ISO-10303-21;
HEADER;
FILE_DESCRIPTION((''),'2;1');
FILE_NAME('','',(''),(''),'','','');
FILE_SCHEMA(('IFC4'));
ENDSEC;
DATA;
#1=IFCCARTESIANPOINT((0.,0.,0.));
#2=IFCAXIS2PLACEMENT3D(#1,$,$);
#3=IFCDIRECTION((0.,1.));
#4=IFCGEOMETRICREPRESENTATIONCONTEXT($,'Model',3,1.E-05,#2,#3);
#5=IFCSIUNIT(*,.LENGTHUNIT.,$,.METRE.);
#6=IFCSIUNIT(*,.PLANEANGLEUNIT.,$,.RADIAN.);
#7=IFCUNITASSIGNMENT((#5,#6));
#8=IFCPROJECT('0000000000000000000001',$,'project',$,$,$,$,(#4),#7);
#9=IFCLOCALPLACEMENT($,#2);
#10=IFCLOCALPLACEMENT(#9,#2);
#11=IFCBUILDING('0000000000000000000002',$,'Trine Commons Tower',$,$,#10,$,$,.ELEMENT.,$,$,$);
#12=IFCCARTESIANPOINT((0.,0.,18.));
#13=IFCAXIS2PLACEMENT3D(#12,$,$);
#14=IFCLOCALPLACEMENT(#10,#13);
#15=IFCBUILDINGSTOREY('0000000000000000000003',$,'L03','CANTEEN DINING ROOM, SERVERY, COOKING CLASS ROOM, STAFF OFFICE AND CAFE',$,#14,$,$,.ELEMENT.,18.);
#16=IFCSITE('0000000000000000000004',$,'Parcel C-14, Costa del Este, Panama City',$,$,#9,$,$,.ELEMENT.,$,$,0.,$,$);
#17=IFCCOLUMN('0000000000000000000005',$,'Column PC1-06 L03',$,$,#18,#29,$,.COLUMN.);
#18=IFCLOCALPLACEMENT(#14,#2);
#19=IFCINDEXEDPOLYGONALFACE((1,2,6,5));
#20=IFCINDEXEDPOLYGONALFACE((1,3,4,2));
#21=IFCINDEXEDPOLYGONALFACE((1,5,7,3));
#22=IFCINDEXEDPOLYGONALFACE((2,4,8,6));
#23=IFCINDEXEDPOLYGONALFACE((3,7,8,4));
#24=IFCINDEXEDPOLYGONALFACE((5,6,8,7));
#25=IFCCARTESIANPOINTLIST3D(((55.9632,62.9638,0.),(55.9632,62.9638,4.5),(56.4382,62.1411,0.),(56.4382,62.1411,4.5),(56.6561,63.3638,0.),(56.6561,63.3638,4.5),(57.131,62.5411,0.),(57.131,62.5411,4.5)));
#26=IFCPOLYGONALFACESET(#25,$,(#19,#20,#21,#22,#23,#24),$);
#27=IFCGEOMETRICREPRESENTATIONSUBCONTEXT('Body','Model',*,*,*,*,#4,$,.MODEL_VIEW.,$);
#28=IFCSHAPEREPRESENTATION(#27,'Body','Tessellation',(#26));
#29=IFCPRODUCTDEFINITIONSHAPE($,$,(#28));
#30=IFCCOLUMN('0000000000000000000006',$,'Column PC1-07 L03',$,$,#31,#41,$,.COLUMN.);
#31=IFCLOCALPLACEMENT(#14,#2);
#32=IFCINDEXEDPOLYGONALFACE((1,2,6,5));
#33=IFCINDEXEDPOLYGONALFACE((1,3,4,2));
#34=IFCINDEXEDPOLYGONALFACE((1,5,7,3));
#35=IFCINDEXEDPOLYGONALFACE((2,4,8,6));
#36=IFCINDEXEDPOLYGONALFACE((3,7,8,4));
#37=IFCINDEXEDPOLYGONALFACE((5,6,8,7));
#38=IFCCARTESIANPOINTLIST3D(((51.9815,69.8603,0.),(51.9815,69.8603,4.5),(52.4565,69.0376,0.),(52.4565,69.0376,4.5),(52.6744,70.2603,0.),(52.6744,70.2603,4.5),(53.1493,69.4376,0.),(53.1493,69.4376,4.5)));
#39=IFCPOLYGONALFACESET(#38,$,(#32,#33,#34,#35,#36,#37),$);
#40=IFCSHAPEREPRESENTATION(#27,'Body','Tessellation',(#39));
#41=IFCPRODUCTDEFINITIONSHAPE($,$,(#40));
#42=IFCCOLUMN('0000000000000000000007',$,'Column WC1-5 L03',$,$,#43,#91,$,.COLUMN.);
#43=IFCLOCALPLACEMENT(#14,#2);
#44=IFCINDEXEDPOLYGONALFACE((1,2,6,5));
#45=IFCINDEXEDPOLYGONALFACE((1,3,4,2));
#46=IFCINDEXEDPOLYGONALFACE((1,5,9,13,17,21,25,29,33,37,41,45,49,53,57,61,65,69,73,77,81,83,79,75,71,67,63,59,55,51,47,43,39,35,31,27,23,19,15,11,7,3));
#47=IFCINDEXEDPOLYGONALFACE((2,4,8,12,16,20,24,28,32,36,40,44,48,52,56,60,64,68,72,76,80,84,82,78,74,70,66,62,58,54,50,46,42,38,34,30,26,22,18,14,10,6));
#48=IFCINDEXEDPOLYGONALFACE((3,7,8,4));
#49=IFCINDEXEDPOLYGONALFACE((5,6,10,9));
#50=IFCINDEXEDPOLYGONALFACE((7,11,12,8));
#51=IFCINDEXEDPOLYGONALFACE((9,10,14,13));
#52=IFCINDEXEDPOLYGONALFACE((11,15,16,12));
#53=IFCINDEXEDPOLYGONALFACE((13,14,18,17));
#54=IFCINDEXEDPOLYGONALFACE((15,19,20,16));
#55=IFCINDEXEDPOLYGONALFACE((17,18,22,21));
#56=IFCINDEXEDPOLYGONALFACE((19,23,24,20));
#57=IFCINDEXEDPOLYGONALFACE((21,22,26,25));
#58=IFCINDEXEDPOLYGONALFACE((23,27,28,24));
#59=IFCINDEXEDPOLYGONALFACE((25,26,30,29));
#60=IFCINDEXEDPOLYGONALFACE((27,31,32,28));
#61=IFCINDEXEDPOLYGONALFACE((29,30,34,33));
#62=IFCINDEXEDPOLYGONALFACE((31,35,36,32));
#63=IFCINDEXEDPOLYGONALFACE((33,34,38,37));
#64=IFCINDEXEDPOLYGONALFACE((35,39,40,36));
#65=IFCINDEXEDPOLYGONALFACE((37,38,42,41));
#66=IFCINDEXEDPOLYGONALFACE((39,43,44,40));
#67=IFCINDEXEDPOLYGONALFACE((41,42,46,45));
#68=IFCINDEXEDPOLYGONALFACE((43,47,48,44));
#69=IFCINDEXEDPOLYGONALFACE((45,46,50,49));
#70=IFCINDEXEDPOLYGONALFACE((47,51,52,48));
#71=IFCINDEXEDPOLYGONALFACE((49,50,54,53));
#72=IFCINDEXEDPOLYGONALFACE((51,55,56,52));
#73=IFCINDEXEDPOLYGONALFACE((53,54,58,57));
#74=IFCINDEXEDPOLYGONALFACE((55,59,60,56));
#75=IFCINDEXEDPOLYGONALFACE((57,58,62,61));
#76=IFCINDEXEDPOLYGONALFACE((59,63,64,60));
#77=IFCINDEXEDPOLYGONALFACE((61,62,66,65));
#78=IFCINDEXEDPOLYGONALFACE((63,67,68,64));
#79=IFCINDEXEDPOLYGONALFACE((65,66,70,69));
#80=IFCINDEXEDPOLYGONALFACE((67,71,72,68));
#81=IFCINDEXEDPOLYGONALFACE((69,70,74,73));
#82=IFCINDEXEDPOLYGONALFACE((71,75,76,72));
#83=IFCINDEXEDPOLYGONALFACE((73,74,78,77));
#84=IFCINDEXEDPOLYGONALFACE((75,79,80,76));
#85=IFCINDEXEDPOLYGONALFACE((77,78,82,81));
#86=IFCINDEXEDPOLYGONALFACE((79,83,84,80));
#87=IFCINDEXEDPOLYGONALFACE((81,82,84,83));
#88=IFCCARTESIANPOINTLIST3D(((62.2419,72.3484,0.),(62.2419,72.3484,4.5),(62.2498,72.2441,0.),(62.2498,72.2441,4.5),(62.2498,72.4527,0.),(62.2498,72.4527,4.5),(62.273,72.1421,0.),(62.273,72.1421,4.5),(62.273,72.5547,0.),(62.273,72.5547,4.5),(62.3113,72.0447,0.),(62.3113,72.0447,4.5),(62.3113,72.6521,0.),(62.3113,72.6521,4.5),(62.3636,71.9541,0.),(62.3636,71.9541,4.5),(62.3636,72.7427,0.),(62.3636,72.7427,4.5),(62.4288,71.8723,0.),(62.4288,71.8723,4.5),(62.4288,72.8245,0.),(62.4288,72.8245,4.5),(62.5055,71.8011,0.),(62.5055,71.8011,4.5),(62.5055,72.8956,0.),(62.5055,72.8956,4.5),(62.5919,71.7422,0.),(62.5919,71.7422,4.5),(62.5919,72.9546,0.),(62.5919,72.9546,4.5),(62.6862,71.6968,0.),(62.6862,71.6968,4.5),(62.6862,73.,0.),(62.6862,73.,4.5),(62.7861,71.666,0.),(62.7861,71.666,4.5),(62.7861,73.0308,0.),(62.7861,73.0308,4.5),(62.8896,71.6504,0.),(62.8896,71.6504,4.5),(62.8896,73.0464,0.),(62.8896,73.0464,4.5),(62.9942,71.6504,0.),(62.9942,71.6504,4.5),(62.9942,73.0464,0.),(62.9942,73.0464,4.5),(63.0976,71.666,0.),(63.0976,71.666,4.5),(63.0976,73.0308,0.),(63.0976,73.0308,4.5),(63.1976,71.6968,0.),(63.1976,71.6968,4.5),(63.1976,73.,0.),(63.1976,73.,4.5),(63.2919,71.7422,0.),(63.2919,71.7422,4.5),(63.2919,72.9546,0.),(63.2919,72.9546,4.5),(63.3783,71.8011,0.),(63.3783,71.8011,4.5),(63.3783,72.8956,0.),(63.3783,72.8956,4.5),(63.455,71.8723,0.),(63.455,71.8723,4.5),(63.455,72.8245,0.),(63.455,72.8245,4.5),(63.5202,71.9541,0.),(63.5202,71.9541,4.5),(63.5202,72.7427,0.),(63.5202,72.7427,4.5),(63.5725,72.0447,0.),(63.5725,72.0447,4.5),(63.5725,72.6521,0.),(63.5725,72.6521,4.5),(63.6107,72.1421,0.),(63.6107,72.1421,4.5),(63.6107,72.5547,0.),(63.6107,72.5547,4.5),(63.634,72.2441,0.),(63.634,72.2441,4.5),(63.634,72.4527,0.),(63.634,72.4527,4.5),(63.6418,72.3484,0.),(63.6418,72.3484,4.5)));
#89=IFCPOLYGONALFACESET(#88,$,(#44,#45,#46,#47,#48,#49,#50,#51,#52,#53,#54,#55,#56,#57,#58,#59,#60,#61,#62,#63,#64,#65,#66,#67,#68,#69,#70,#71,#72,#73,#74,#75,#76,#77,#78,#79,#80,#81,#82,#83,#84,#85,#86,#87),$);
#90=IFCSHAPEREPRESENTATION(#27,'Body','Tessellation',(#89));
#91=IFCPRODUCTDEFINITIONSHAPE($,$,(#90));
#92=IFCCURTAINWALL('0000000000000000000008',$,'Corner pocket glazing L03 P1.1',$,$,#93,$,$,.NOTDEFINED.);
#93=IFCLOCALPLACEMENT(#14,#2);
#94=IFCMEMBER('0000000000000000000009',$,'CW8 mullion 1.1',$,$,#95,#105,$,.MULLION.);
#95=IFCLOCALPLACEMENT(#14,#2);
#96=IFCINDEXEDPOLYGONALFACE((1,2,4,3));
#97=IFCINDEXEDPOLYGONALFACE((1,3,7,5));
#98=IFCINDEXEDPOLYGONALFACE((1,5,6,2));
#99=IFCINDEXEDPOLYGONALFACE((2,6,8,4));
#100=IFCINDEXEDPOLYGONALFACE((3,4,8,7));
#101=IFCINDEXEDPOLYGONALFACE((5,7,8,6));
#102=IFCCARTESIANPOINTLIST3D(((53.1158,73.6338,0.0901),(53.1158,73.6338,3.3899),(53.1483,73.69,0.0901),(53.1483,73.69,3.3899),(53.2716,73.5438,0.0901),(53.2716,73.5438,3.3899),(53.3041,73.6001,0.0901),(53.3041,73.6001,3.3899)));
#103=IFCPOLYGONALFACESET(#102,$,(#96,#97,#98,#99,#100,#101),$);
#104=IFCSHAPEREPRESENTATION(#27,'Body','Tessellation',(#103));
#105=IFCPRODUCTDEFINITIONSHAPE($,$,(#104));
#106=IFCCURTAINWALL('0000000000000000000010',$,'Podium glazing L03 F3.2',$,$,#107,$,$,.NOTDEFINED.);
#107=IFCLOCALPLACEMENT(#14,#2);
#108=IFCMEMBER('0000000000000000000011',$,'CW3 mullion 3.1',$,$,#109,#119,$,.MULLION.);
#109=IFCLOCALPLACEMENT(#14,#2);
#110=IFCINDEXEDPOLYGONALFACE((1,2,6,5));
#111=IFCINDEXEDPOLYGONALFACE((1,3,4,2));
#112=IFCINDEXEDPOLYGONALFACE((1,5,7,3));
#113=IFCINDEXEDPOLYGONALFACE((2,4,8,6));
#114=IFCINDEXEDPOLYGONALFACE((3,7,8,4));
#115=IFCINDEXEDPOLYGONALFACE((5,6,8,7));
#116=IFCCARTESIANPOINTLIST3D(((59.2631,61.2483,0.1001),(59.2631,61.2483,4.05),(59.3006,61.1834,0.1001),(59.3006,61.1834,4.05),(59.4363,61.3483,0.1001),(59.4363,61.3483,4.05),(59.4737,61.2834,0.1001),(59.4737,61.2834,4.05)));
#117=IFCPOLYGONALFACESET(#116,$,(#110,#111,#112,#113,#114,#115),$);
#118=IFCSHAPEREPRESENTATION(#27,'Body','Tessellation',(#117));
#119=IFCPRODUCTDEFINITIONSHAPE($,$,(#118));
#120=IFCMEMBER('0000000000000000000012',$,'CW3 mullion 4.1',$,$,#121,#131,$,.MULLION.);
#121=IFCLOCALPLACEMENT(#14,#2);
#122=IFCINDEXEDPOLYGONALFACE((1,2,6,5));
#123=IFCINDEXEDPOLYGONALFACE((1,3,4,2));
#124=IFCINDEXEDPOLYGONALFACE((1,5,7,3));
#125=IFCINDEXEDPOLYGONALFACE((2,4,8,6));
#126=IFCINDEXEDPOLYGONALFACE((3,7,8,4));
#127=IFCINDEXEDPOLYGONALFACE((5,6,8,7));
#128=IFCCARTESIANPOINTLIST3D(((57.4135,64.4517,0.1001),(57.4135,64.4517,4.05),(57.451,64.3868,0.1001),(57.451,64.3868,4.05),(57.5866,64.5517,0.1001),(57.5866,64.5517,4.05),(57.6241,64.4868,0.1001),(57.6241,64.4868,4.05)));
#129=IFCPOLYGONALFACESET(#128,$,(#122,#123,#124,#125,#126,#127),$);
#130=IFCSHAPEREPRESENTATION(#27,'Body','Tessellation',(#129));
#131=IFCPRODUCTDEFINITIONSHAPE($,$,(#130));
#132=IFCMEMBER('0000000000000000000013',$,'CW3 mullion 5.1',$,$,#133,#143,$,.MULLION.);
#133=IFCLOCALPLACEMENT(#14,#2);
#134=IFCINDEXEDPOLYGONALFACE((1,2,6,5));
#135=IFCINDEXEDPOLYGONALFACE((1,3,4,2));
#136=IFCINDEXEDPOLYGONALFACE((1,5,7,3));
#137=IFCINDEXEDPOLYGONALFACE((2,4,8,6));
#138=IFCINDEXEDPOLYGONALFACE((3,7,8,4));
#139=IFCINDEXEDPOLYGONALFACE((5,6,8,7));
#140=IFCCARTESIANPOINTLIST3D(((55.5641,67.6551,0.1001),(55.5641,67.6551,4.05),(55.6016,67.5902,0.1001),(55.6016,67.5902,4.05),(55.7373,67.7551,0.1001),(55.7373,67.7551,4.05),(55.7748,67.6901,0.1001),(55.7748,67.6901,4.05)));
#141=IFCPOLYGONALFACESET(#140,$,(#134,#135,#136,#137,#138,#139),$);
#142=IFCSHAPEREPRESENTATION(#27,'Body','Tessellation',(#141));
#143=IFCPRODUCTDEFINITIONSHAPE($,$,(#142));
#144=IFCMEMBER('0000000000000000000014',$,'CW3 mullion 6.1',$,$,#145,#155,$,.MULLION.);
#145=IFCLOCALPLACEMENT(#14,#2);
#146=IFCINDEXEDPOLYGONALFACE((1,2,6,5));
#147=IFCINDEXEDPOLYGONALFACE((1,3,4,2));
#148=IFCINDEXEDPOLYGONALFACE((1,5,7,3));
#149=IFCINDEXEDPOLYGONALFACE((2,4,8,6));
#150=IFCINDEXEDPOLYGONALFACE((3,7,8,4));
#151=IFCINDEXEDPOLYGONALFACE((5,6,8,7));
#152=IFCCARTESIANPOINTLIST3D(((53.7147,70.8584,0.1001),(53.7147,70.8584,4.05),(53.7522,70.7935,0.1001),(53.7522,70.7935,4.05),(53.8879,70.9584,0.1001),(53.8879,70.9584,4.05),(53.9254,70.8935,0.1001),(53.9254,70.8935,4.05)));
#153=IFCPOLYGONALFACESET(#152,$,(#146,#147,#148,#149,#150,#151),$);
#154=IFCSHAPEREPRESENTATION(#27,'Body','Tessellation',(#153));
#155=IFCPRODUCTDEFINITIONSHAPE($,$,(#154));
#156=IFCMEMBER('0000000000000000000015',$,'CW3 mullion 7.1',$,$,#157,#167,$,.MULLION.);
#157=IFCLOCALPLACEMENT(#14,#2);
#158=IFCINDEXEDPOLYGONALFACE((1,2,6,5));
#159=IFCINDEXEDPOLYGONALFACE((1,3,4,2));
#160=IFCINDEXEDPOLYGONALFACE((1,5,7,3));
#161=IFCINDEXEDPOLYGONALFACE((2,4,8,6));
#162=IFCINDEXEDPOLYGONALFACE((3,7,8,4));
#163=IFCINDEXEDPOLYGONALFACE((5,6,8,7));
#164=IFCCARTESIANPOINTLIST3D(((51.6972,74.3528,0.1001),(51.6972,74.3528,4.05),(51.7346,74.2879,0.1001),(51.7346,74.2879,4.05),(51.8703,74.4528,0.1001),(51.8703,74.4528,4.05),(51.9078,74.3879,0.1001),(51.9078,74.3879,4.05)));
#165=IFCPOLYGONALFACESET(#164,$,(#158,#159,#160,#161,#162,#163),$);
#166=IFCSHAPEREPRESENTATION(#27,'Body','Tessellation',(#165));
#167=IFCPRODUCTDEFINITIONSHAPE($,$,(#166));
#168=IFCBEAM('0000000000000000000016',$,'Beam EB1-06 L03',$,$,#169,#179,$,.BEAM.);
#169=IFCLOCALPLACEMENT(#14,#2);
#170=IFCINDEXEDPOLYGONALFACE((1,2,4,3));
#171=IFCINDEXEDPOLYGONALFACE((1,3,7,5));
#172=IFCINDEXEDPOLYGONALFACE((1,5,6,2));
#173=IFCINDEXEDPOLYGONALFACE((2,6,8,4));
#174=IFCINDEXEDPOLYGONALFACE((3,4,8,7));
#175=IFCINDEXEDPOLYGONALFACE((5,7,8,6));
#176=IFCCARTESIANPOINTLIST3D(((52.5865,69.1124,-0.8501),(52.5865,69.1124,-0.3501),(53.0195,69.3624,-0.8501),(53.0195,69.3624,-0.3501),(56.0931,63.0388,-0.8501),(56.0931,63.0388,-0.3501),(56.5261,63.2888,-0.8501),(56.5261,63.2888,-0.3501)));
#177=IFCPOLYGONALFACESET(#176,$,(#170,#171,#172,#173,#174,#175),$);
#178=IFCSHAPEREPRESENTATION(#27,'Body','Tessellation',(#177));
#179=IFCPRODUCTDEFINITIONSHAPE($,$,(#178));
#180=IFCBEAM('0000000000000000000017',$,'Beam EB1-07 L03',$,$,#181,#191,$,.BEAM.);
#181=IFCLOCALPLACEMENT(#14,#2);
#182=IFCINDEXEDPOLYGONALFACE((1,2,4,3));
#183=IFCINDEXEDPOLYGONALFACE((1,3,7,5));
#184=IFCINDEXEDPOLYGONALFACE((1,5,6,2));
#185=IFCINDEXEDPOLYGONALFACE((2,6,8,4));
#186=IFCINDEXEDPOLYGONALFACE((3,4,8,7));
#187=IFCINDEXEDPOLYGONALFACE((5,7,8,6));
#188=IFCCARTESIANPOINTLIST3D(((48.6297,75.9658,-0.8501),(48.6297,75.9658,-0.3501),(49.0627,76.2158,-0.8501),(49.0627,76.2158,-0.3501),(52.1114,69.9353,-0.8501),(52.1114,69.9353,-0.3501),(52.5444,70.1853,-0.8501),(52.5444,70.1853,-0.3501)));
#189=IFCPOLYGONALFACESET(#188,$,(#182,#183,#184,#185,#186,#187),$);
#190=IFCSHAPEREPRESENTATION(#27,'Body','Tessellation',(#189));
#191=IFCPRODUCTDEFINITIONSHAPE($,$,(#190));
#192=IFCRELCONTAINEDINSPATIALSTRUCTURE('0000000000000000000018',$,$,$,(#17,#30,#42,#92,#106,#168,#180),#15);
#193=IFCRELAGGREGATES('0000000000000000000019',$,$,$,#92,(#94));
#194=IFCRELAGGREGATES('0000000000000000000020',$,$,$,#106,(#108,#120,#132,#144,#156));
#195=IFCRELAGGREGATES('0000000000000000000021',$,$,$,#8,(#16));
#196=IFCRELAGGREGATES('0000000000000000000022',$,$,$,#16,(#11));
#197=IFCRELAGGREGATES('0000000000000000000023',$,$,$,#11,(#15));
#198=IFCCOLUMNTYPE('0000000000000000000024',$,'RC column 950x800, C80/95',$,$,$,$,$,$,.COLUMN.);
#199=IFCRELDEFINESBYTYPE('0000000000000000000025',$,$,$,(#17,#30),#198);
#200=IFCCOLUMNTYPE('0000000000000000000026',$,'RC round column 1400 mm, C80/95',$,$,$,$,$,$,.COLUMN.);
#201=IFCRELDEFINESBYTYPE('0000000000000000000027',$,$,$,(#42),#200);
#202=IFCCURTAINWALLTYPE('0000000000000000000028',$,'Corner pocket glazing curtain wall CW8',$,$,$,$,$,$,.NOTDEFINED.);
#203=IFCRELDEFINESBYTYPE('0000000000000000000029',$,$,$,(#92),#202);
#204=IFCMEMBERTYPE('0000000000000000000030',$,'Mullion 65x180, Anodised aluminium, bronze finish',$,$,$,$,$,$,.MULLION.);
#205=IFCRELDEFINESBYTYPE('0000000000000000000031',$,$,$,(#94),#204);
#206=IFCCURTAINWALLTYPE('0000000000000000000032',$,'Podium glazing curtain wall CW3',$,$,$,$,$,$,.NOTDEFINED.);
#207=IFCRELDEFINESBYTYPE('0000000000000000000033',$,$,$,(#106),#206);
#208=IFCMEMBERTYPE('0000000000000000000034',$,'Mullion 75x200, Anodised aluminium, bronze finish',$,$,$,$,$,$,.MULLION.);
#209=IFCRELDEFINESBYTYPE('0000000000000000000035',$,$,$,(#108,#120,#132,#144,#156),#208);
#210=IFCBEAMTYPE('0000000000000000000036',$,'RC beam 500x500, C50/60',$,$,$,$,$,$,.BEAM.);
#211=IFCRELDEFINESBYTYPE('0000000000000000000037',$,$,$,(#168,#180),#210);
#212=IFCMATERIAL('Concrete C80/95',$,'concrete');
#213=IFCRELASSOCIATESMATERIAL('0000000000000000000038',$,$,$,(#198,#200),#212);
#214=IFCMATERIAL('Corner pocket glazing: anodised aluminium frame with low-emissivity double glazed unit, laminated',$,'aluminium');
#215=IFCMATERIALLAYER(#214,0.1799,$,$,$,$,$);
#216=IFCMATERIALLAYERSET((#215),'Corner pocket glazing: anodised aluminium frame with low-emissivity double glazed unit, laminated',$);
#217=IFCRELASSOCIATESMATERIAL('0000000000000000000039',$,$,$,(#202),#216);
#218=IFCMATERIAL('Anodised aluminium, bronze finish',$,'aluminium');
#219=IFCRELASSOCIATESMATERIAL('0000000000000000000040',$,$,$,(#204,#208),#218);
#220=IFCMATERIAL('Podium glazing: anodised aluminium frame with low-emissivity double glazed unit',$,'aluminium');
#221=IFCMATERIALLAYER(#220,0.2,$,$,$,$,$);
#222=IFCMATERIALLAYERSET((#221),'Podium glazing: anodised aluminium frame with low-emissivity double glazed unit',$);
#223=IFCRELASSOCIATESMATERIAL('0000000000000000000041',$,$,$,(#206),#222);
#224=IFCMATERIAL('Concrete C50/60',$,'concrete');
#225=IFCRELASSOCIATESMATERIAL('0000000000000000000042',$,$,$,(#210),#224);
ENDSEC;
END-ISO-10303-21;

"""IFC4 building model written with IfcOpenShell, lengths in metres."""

from ifc_helpers import new_model, si_unit, direction, frame, origin, origin_2d, place, context, subcontext, project, spatial, rectangle, circle, extrude, material, layer, layer_set, material_profile, profile_set, type_object, element, aggregate, save


model = new_model("IFC4")

# Units and contexts
model_context = context("Model", 3, precision=1e-05, world=origin(), true_north=direction((0.0, 1.0)))
body_context = subcontext(model_context, "Body", "Model", "MODEL_VIEW")
ifc_project = project(units=[si_unit("LENGTHUNIT", "METRE"), si_unit("PLANEANGLEUNIT", "RADIAN")], contexts=[model_context])

# Site, building, storey
site_placement = place(None, origin())
site = spatial("IfcSite", under=ifc_project, at=site_placement, Name="Parcel C-14, Costa del Este, Panama City", CompositionType="ELEMENT", RefElevation=0.0)
building_placement = place(site_placement, origin())
building = spatial("IfcBuilding", under=site, at=building_placement, Name="Trine Commons Tower", CompositionType="ELEMENT")
storey_placement = place(building_placement, frame((0.0, 0.0, 18.0)))
storey = spatial("IfcBuildingStorey", under=building, at=storey_placement, Name="L03", Description="CANTEEN DINING ROOM, SERVERY, COOKING CLASS ROOM, STAFF OFFICE AND CAFE", CompositionType="ELEMENT", Elevation=18.0)

# Columns
ifc_material_1 = material(Name="Concrete C80/95", Category="concrete")
ifc_material_profile_1 = material_profile(ifc_material_1, rectangle(XDim=0.95, YDim=0.8, at=origin_2d()), Name="RC 950x800")
ifc_profile_set_1 = profile_set([ifc_material_profile_1], Name="Concrete C80/95")
column_type_1 = type_object("IfcColumnType", Name="RC column 950x800, C80/95", PredefinedType="COLUMN", material=ifc_profile_set_1)
for number, where, z_axis, x_axis, name in (
    (1, (56.5471, 62.7524, 0.0), (0.0, 0.0, 1.0), (-0.5, 0.866025, 0.0), "Column PC1-06 L03"),
    (2, (52.5654, 69.6489, 0.0), (0.0, 0.0, 1.0), (-0.5, 0.866025, 0.0), "Column PC1-07 L03"),
):
    element("IfcColumn", number, at=place(storey_placement, frame(where, z_axis=z_axis, x_axis=x_axis)), inside=storey, type_object=column_type_1, Name=name, PredefinedType="COLUMN", context=body_context, shape_type="SweptSolid", body=[
        extrude(rectangle(XDim=0.95, YDim=0.8, at=origin_2d()), origin(), (0.0, 0.0, 1.0), 4.5),
    ])
ifc_material_profile_2 = material_profile(ifc_material_1, circle(Radius=0.7, at=origin_2d()), Name="RC round 1400")
ifc_profile_set_2 = profile_set([ifc_material_profile_2], Name="Concrete C80/95")
column_type_2 = type_object("IfcColumnType", Name="RC round column 1400 mm, C80/95", PredefinedType="COLUMN", material=ifc_profile_set_2)
column_placement = place(storey_placement, frame((62.9419, 72.3484, 0.0), z_axis=(0.0, 0.0, 1.0), x_axis=(1.0, 0.0, 0.0)))
element("IfcColumn", 3, at=column_placement, inside=storey, type_object=column_type_2, Name="Column WC1-5 L03", PredefinedType="COLUMN", context=body_context, shape_type="SweptSolid", body=[
    extrude(circle(Radius=0.7, at=origin_2d()), origin(), (0.0, 0.0, 1.0), 4.5),
])

# Curtain wall, member
ifc_material_2 = material(Name="Corner pocket glazing: anodised aluminium frame with low-emissivity double glazed unit, laminated", Category="aluminium")
ifc_layer_1 = layer(ifc_material_2, 0.1799)
ifc_layer_set_1 = layer_set([ifc_layer_1], Name="Corner pocket glazing: anodised aluminium frame with low-emissivity double glazed unit, laminated")
curtain_wall_type_1 = type_object("IfcCurtainWallType", Name="Corner pocket glazing curtain wall CW8", PredefinedType="NOTDEFINED", material=ifc_layer_set_1)
curtain_wall_1_placement = place(storey_placement, origin())
curtain_wall_1 = element("IfcCurtainWall", 4, at=curtain_wall_1_placement, inside=storey, type_object=curtain_wall_type_1, Name="Corner pocket glazing L03 P1.1", PredefinedType="NOTDEFINED")
ifc_material_3 = material(Name="Anodised aluminium, bronze finish", Category="aluminium")
ifc_material_profile_3 = material_profile(ifc_material_3, rectangle(XDim=0.1799, YDim=0.0649, at=origin_2d()), Name="Mullion 65x180")
ifc_profile_set_3 = profile_set([ifc_material_profile_3], Name="Anodised aluminium, bronze finish")
member_type_1 = type_object("IfcMemberType", Name="Mullion 65x180, Anodised aluminium, bronze finish", PredefinedType="MULLION", material=ifc_profile_set_3)
member_1_placement = place(storey_placement, frame((53.21, 73.6169, 0.0901), z_axis=(0.0, 0.0, 1.0), x_axis=(-0.866025, 0.5, 0.0)))
member_1 = element("IfcMember", 5, at=member_1_placement, type_object=member_type_1, Name="CW8 mullion 1.1", PredefinedType="MULLION", context=body_context, shape_type="SweptSolid", body=[
    extrude(rectangle(XDim=0.1799, YDim=0.0649, at=origin_2d()), origin(), (0.0, 0.0, 1.0), 3.2998),
])

# Curtain wall, members
ifc_material_4 = material(Name="Podium glazing: anodised aluminium frame with low-emissivity double glazed unit", Category="aluminium")
ifc_layer_2 = layer(ifc_material_4, 0.2)
ifc_layer_set_2 = layer_set([ifc_layer_2], Name="Podium glazing: anodised aluminium frame with low-emissivity double glazed unit")
curtain_wall_type_2 = type_object("IfcCurtainWallType", Name="Podium glazing curtain wall CW3", PredefinedType="NOTDEFINED", material=ifc_layer_set_2)
curtain_wall_2_placement = place(storey_placement, origin())
curtain_wall_2 = element("IfcCurtainWall", 6, at=curtain_wall_2_placement, inside=storey, type_object=curtain_wall_type_2, Name="Podium glazing L03 F3.2", PredefinedType="NOTDEFINED")
ifc_material_profile_4 = material_profile(ifc_material_3, rectangle(XDim=0.2, YDim=0.075, at=origin_2d()), Name="Mullion 75x200")
ifc_profile_set_4 = profile_set([ifc_material_profile_4], Name="Anodised aluminium, bronze finish")
member_type_2 = type_object("IfcMemberType", Name="Mullion 75x200, Anodised aluminium, bronze finish", PredefinedType="MULLION", material=ifc_profile_set_4)
member_2_placement = place(storey_placement, frame((59.3684, 61.2659, 0.1001), z_axis=(0.0, 0.0, 1.0), x_axis=(-0.866025, -0.5, 0.0)))
member_2 = element("IfcMember", 7, at=member_2_placement, type_object=member_type_2, Name="CW3 mullion 3.1", PredefinedType="MULLION", context=body_context, shape_type="SweptSolid", body=[
    extrude(rectangle(XDim=0.2, YDim=0.075, at=origin_2d()), origin(), (0.0, 0.0, 1.0), 3.95),
])
member_3_placement = place(storey_placement, frame((57.5188, 64.4692, 0.1001), z_axis=(0.0, 0.0, 1.0), x_axis=(-0.866025, -0.5, 0.0)))
member_3 = element("IfcMember", 8, at=member_3_placement, type_object=member_type_2, Name="CW3 mullion 4.1", PredefinedType="MULLION", context=body_context, shape_type="SweptSolid", body=[
    extrude(rectangle(XDim=0.2, YDim=0.075, at=origin_2d()), origin(), (0.0, 0.0, 1.0), 3.95),
])
member_4_placement = place(storey_placement, frame((55.6694, 67.6726, 0.1001), z_axis=(0.0, 0.0, 1.0), x_axis=(-0.866025, -0.5, 0.0)))
member_4 = element("IfcMember", 9, at=member_4_placement, type_object=member_type_2, Name="CW3 mullion 5.1", PredefinedType="MULLION", context=body_context, shape_type="SweptSolid", body=[
    extrude(rectangle(XDim=0.2, YDim=0.075, at=origin_2d()), origin(), (0.0, 0.0, 1.0), 3.95),
])
member_5_placement = place(storey_placement, frame((53.8201, 70.876, 0.1001), z_axis=(0.0, 0.0, 1.0), x_axis=(-0.866025, -0.5, 0.0)))
member_5 = element("IfcMember", 10, at=member_5_placement, type_object=member_type_2, Name="CW3 mullion 6.1", PredefinedType="MULLION", context=body_context, shape_type="SweptSolid", body=[
    extrude(rectangle(XDim=0.2, YDim=0.075, at=origin_2d()), origin(), (0.0, 0.0, 1.0), 3.95),
])
member_6_placement = place(storey_placement, frame((51.8025, 74.3704, 0.1001), z_axis=(0.0, 0.0, 1.0), x_axis=(-0.866025, -0.5, 0.0)))
member_6 = element("IfcMember", 11, at=member_6_placement, type_object=member_type_2, Name="CW3 mullion 7.1", PredefinedType="MULLION", context=body_context, shape_type="SweptSolid", body=[
    extrude(rectangle(XDim=0.2, YDim=0.075, at=origin_2d()), origin(), (0.0, 0.0, 1.0), 3.95),
])

# Beams
ifc_material_5 = material(Name="Concrete C50/60", Category="concrete")
ifc_material_profile_5 = material_profile(ifc_material_5, rectangle(XDim=0.5, YDim=0.5, at=origin_2d()), Name="RC 500x500")
ifc_profile_set_5 = profile_set([ifc_material_profile_5], Name="Concrete C50/60")
beam_type = type_object("IfcBeamType", Name="RC beam 500x500, C50/60", PredefinedType="BEAM", material=ifc_profile_set_5)
beam_1_placement = place(storey_placement, frame((56.3096, 63.1638, -0.6001), z_axis=(-0.499992, 0.86603, 0.0), x_axis=(-0.86603, -0.499992, 0.0)))
element("IfcBeam", 12, at=beam_1_placement, inside=storey, type_object=beam_type, Name="Beam EB1-06 L03", PredefinedType="BEAM", context=body_context, shape_type="SweptSolid", body=[
    extrude(rectangle(XDim=0.5, YDim=0.5, at=origin_2d()), origin(), (0.0, 0.0, 1.0), 7.0132),
])
beam_2_placement = place(storey_placement, frame((52.3279, 70.0603, -0.6001), z_axis=(-0.499997, 0.866027, 0.0), x_axis=(-0.866027, -0.499997, 0.0)))
element("IfcBeam", 13, at=beam_2_placement, inside=storey, type_object=beam_type, Name="Beam EB1-07 L03", PredefinedType="BEAM", context=body_context, shape_type="SweptSolid", body=[
    extrude(rectangle(XDim=0.5, YDim=0.5, at=origin_2d()), origin(), (0.0, 0.0, 1.0), 6.9634),
])

aggregate(curtain_wall_1, [member_1])

aggregate(curtain_wall_2, [member_2, member_3, member_4, member_5, member_6])

save(model, "model.ifc")
